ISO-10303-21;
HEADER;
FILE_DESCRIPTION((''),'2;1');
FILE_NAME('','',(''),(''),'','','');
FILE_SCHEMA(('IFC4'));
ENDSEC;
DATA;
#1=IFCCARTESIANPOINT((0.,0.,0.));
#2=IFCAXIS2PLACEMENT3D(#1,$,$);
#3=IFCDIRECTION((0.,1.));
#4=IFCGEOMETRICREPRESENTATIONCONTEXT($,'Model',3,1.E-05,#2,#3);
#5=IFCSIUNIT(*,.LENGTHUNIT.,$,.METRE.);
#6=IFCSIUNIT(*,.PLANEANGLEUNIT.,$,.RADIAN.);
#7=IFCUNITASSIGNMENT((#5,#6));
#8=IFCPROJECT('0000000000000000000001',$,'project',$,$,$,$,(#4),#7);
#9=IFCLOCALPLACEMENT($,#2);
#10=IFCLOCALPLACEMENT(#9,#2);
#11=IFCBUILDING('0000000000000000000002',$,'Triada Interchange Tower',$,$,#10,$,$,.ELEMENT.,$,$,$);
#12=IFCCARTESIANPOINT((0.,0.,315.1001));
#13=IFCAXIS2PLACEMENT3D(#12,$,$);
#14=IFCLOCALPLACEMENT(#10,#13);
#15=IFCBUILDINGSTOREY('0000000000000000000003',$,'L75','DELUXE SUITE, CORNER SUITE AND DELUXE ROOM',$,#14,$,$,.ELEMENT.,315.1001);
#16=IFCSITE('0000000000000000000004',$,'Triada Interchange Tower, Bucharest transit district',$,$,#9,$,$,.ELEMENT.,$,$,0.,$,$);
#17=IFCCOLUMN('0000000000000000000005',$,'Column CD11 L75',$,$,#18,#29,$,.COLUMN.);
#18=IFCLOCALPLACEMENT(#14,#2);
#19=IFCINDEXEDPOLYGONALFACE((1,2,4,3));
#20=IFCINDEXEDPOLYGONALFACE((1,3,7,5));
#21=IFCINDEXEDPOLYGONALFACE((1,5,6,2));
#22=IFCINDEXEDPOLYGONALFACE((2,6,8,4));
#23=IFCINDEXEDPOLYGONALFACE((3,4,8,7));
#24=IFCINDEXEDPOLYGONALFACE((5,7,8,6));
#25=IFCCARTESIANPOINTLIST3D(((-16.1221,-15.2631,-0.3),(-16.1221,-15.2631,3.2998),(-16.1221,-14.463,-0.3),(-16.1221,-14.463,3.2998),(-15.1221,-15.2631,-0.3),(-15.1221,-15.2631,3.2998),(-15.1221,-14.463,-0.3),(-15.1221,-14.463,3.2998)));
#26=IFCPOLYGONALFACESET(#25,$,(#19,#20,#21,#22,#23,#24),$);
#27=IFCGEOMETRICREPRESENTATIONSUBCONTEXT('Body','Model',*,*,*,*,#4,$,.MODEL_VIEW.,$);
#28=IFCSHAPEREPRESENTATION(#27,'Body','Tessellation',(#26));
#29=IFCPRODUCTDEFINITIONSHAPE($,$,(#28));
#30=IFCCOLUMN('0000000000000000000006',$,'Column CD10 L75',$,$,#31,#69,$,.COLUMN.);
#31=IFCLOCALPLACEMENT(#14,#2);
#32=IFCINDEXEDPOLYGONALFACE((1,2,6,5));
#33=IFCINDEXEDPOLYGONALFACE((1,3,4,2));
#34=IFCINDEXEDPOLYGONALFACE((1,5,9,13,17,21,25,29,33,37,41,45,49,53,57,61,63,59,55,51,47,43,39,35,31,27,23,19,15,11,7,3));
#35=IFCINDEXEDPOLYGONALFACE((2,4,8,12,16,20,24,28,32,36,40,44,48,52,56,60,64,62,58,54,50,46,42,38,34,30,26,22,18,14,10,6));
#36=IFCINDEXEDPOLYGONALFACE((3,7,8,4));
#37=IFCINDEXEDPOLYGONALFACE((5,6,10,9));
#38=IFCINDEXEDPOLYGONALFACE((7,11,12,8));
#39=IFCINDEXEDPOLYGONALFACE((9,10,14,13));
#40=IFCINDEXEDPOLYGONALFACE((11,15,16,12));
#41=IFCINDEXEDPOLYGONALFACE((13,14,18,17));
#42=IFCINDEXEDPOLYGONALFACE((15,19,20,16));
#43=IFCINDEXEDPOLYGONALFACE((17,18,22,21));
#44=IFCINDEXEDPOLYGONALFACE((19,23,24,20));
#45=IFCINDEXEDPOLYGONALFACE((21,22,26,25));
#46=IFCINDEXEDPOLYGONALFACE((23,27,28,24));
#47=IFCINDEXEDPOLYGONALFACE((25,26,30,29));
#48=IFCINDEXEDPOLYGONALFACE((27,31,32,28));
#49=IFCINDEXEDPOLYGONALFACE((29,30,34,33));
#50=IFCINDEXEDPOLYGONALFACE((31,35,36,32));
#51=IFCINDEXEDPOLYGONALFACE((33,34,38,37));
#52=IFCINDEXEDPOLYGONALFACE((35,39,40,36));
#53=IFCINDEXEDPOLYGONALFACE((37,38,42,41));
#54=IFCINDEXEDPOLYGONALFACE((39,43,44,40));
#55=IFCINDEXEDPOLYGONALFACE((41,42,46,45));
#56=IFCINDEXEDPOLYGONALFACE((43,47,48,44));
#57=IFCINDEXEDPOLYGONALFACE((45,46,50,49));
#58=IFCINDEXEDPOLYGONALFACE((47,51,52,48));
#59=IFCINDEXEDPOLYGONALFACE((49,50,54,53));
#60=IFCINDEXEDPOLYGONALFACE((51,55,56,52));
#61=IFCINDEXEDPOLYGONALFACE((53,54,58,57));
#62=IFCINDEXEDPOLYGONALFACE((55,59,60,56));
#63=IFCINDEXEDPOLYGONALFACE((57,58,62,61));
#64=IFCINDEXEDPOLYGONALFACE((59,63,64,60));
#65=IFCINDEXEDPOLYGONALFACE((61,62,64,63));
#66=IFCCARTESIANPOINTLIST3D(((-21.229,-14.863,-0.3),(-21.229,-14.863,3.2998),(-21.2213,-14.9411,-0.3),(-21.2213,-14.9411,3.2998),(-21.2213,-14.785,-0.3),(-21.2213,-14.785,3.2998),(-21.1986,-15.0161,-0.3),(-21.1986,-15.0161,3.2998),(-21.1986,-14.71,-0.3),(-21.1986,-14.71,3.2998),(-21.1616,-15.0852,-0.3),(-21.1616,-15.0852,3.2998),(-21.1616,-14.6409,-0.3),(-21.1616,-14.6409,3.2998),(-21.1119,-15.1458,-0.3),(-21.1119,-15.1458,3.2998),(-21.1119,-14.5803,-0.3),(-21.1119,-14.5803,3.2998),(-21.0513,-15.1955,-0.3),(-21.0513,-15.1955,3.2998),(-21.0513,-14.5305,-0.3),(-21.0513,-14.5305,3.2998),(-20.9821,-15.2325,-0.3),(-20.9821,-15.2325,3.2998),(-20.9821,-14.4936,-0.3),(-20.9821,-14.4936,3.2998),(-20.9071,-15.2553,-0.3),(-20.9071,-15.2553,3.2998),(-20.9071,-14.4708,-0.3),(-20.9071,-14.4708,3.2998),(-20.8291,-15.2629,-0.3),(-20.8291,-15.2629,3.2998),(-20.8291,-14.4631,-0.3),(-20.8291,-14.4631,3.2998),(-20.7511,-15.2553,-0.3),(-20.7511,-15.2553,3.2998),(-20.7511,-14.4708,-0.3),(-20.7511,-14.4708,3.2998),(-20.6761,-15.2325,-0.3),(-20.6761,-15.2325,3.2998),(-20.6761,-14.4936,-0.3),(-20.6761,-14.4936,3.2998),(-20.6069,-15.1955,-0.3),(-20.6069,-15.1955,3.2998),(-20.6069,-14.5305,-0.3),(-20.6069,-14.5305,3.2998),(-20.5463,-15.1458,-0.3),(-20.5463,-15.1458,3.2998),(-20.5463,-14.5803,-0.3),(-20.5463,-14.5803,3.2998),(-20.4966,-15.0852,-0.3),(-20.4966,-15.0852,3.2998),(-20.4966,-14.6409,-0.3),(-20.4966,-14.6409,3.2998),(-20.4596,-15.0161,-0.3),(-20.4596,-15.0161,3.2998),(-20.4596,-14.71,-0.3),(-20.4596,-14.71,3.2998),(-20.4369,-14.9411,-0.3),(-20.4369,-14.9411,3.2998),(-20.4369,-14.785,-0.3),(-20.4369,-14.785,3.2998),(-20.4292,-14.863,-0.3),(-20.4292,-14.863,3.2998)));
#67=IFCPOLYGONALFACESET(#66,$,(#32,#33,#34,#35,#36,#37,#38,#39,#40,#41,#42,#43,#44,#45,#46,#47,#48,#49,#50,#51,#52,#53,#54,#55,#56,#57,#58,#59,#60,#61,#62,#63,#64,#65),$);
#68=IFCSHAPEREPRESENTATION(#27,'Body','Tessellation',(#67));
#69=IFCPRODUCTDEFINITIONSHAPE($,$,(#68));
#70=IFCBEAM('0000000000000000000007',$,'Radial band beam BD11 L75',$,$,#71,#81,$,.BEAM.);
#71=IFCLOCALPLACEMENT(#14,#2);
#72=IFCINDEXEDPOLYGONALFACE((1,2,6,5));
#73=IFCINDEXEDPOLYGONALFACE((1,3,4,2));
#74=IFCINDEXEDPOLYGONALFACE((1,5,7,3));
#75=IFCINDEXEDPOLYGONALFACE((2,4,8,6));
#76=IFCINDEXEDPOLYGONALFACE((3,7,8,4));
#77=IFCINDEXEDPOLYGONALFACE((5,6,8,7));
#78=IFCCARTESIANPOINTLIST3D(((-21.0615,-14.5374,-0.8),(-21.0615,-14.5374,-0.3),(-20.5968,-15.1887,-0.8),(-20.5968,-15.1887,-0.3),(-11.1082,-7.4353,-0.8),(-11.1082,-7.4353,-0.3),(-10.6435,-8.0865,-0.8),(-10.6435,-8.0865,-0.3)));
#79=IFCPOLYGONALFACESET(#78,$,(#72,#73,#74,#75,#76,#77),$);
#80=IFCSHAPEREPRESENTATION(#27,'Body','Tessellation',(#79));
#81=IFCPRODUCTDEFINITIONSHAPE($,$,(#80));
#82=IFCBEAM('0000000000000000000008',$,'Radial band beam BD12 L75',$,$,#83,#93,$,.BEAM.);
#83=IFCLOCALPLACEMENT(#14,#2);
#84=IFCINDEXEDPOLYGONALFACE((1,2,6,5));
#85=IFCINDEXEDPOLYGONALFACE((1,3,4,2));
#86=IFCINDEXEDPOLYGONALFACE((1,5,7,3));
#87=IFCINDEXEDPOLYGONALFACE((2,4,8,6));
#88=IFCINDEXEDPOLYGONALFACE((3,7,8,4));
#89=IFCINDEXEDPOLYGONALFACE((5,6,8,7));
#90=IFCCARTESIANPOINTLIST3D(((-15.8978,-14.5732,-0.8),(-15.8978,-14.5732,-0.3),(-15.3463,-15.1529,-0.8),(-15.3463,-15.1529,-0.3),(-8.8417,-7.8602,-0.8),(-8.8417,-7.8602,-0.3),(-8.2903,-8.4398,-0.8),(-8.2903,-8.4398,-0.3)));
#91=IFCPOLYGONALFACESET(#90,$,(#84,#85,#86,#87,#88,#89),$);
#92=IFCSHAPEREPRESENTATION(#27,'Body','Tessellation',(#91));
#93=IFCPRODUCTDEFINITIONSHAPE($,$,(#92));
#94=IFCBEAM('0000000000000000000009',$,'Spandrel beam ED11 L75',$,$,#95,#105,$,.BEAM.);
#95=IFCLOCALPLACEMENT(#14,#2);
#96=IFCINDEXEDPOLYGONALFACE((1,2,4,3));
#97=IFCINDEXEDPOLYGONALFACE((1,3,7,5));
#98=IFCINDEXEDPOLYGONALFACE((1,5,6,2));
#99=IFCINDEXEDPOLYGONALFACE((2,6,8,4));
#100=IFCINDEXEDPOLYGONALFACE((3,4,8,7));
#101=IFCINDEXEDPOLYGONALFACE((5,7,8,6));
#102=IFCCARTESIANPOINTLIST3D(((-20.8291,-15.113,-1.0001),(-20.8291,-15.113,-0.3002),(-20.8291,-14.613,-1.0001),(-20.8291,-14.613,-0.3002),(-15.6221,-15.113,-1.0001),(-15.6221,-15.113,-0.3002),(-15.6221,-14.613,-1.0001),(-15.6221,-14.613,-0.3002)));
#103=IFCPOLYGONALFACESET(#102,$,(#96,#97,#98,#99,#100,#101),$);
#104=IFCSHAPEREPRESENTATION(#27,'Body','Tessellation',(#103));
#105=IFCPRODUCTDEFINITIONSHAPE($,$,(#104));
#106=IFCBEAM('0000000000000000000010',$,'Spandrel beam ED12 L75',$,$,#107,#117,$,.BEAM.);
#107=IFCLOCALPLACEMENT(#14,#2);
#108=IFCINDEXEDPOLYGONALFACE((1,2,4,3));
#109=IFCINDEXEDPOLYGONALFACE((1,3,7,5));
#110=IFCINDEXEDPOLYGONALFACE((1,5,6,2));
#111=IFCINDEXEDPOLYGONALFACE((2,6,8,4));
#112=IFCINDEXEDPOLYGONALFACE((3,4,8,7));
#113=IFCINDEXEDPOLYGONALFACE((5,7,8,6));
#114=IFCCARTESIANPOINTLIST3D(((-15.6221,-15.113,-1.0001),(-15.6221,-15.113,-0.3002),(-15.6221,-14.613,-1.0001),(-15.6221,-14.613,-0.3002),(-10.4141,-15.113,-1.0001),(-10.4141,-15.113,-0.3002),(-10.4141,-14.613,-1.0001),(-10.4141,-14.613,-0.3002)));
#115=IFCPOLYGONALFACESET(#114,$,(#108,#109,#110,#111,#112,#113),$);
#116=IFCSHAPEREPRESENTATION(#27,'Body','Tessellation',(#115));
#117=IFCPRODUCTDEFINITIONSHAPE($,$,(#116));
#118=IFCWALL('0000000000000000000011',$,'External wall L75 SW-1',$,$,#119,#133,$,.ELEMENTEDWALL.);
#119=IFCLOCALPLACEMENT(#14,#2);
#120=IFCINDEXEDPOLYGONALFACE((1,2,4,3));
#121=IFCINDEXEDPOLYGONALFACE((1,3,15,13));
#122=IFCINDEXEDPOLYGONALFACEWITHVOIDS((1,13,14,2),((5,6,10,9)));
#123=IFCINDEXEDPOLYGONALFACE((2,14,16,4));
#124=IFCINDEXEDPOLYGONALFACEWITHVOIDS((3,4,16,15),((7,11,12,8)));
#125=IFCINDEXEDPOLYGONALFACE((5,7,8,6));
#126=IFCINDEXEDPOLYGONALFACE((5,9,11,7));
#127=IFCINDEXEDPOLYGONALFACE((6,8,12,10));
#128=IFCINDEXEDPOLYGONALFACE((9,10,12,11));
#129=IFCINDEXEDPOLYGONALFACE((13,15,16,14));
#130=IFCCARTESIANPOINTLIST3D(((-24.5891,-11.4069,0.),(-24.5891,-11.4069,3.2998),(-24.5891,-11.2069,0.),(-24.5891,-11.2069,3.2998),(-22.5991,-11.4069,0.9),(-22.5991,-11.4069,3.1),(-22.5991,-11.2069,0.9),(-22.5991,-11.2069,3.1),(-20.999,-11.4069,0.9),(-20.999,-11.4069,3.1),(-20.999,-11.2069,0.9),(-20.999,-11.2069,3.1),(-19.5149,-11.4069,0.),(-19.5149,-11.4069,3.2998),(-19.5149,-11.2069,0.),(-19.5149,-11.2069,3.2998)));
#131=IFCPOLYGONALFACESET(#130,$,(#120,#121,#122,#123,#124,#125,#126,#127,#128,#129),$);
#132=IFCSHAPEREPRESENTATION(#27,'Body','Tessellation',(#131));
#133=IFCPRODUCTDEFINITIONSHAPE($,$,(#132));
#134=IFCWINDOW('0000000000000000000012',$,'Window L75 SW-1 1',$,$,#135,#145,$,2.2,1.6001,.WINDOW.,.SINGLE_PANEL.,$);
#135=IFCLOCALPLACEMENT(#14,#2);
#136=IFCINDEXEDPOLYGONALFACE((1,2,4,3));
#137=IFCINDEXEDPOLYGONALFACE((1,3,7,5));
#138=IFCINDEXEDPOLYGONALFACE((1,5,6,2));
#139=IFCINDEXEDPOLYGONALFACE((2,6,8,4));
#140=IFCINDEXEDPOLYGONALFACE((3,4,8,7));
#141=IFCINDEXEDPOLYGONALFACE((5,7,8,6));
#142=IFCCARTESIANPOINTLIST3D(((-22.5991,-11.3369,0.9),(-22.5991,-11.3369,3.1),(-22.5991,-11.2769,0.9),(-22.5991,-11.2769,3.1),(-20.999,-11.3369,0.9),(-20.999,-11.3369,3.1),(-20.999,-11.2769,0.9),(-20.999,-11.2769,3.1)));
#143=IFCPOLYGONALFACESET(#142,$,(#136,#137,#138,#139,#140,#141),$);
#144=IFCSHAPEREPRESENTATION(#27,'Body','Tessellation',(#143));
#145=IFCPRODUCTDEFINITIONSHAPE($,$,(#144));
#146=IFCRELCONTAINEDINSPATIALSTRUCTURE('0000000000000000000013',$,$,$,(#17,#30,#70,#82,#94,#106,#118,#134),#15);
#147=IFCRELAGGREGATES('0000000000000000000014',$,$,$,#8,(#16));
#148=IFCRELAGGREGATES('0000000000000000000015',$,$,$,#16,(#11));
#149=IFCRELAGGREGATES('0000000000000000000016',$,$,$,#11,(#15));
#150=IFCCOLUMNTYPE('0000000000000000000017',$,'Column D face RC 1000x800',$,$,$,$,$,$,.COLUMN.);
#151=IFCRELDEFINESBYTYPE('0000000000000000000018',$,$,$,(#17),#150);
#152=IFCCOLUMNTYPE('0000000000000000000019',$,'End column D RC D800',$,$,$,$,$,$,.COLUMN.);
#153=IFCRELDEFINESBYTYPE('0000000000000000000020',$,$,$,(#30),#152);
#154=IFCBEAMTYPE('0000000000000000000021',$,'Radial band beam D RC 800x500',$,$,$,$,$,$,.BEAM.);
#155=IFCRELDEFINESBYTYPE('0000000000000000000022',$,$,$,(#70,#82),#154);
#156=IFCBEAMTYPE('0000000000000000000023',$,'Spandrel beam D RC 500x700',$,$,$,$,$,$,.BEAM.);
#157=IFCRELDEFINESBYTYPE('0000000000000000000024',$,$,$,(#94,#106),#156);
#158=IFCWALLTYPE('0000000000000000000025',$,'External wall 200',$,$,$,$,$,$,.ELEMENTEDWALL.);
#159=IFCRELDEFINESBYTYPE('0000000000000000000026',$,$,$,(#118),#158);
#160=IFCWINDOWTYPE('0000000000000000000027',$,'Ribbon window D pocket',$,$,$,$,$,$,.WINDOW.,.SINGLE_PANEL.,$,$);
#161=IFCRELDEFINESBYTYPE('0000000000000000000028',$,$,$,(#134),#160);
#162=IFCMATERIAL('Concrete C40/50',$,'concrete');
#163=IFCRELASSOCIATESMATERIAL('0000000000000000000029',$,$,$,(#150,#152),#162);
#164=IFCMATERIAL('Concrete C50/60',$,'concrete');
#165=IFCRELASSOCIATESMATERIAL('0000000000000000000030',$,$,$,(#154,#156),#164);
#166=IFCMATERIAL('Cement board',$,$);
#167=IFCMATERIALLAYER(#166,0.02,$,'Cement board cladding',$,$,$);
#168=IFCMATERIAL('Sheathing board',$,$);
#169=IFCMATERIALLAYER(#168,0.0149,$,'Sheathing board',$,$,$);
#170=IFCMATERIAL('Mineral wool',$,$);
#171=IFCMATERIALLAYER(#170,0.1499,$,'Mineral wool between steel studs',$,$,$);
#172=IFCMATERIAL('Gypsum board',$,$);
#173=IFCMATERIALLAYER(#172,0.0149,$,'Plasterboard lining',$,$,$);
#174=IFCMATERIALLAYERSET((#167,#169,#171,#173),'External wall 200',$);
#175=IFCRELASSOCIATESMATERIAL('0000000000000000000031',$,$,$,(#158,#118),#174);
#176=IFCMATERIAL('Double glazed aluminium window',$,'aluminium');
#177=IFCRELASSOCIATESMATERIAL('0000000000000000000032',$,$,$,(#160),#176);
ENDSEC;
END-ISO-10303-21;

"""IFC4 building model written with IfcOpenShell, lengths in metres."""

from ifc_helpers import new_model, si_unit, direction, frame, frame_2d, origin, origin_2d, place, context, subcontext, project, spatial, rectangle, circle, extrude, material, layer, layer_set, layer_usage, material_profile, profile_set, type_object, element, fill, save


model = new_model("IFC4")

# Units and contexts
model_context = context("Model", 3, precision=1e-05, world=origin(), true_north=direction((0.0, 1.0)))
body_context = subcontext(model_context, "Body", "Model", "MODEL_VIEW")
ifc_project = project(units=[si_unit("LENGTHUNIT", "METRE"), si_unit("PLANEANGLEUNIT", "RADIAN")], contexts=[model_context])

# Site, building, storey
site_placement = place(None, origin())
site = spatial("IfcSite", under=ifc_project, at=site_placement, Name="Triada Interchange Tower, Bucharest transit district", CompositionType="ELEMENT", RefElevation=0.0)
building_placement = place(site_placement, origin())
building = spatial("IfcBuilding", under=site, at=building_placement, Name="Triada Interchange Tower", CompositionType="ELEMENT")
storey_placement = place(building_placement, frame((0.0, 0.0, 315.1001)))
storey = spatial("IfcBuildingStorey", under=building, at=storey_placement, Name="L75", Description="DELUXE SUITE, CORNER SUITE AND DELUXE ROOM", CompositionType="ELEMENT", Elevation=315.1001)

# Columns
ifc_material_1 = material(Name="Concrete C40/50", Category="concrete")
ifc_material_profile_1 = material_profile(ifc_material_1, rectangle(XDim=1.0, YDim=0.8, at=origin_2d()), Name="RC 1000x800")
ifc_profile_set_1 = profile_set([ifc_material_profile_1], Name="Concrete C40/50")
column_type_1 = type_object("IfcColumnType", Name="Column D face RC 1000x800", PredefinedType="COLUMN", material=ifc_profile_set_1)
column_1_placement = place(storey_placement, frame((-15.6221, -14.863, -0.3), z_axis=(0.0, 0.0, 1.0), x_axis=(1.0, 0.0, 0.0)))
element("IfcColumn", 1, at=column_1_placement, inside=storey, type_object=column_type_1, Name="Column CD11 L75", PredefinedType="COLUMN", context=body_context, shape_type="SweptSolid", body=[
    extrude(rectangle(XDim=1.0, YDim=0.8, at=origin_2d()), origin(), (0.0, 0.0, 1.0), 3.5999),
])
ifc_material_profile_2 = material_profile(ifc_material_1, circle(Radius=0.3999, at=origin_2d()), Name="RC D800")
ifc_profile_set_2 = profile_set([ifc_material_profile_2], Name="Concrete C40/50")
column_type_2 = type_object("IfcColumnType", Name="End column D RC D800", PredefinedType="COLUMN", material=ifc_profile_set_2)
column_2_placement = place(storey_placement, frame((-20.8291, -14.863, -0.3), z_axis=(0.0, 0.0, 1.0), x_axis=(1.0, 0.0, 0.0)))
element("IfcColumn", 2, at=column_2_placement, inside=storey, type_object=column_type_2, Name="Column CD10 L75", PredefinedType="COLUMN", context=body_context, shape_type="SweptSolid", body=[
    extrude(circle(Radius=0.3999, at=origin_2d()), origin(), (0.0, 0.0, 1.0), 3.5999),
])

# Beams
ifc_material_2 = material(Name="Concrete C50/60", Category="concrete")
ifc_material_profile_3 = material_profile(ifc_material_2, rectangle(XDim=0.8, YDim=0.5, at=origin_2d()), Name="RC 800x500")
ifc_profile_set_3 = profile_set([ifc_material_profile_3], Name="Concrete C50/60")
beam_type_1 = type_object("IfcBeamType", Name="Radial band beam D RC 800x500", PredefinedType="BEAM", material=ifc_profile_set_3)
beam_1_placement = place(storey_placement, frame((-20.8291, -14.863, -0.55), z_axis=(0.814017, 0.580841, 0.0), x_axis=(-0.580841, 0.814017, 0.0)))
element("IfcBeam", 3, at=beam_1_placement, inside=storey, type_object=beam_type_1, Name="Radial band beam BD11 L75", PredefinedType="BEAM", context=body_context, shape_type="SweptSolid", body=[
    extrude(rectangle(XDim=0.8, YDim=0.5, at=origin_2d()), origin(), (0.0, 0.0, 1.0), 12.2273),
])
beam_2_placement = place(storey_placement, frame((-15.6221, -14.863, -0.55), z_axis=(0.724497, 0.689278, 0.0), x_axis=(-0.689278, 0.724497, 0.0)))
element("IfcBeam", 4, at=beam_2_placement, inside=storey, type_object=beam_type_1, Name="Radial band beam BD12 L75", PredefinedType="BEAM", context=body_context, shape_type="SweptSolid", body=[
    extrude(rectangle(XDim=0.8, YDim=0.5, at=origin_2d()), origin(), (0.0, 0.0, 1.0), 9.7393),
])
ifc_material_profile_4 = material_profile(ifc_material_2, rectangle(XDim=0.5, YDim=0.7, at=origin_2d()), Name="RC 500x700")
ifc_profile_set_4 = profile_set([ifc_material_profile_4], Name="Concrete C50/60")
beam_type_2 = type_object("IfcBeamType", Name="Spandrel beam D RC 500x700", PredefinedType="BEAM", material=ifc_profile_set_4)
beam_3_placement = place(storey_placement, frame((-20.8291, -14.863, -0.6501), z_axis=(1.0, 0.0, 0.0), x_axis=(0.0, 1.0, 0.0)))
element("IfcBeam", 5, at=beam_3_placement, inside=storey, type_object=beam_type_2, Name="Spandrel beam ED11 L75", PredefinedType="BEAM", context=body_context, shape_type="SweptSolid", body=[
    extrude(rectangle(XDim=0.5, YDim=0.7, at=origin_2d()), origin(), (0.0, 0.0, 1.0), 5.207),
])
beam_4_placement = place(storey_placement, frame((-15.6221, -14.863, -0.6501), z_axis=(1.0, 0.0, 0.0), x_axis=(0.0, 1.0, 0.0)))
element("IfcBeam", 6, at=beam_4_placement, inside=storey, type_object=beam_type_2, Name="Spandrel beam ED12 L75", PredefinedType="BEAM", context=body_context, shape_type="SweptSolid", body=[
    extrude(rectangle(XDim=0.5, YDim=0.7, at=origin_2d()), origin(), (0.0, 0.0, 1.0), 5.208),
])

# Wall, opening, window
ifc_material_3 = material(Name="Cement board")
ifc_layer_1 = layer(ifc_material_3, 0.02, Name="Cement board cladding")
ifc_material_4 = material(Name="Sheathing board")
ifc_layer_2 = layer(ifc_material_4, 0.0149, Name="Sheathing board")
ifc_material_5 = material(Name="Mineral wool")
ifc_layer_3 = layer(ifc_material_5, 0.1499, Name="Mineral wool between steel studs")
ifc_material_6 = material(Name="Gypsum board")
ifc_layer_4 = layer(ifc_material_6, 0.0149, Name="Plasterboard lining")
ifc_layer_set_1 = layer_set([ifc_layer_1, ifc_layer_2, ifc_layer_3, ifc_layer_4], Name="External wall 200")
ifc_layer_usage = layer_usage(ifc_layer_set_1, "AXIS2", "POSITIVE", -0.1001)
wall_type_1 = type_object("IfcWallType", Name="External wall 200", PredefinedType="ELEMENTEDWALL", material=ifc_layer_set_1)
wall_1_placement = place(storey_placement, frame((-24.5891, -11.3069, 0.0), z_axis=(0.0, 0.0, 1.0), x_axis=(1.0, 0.0, 0.0)))
wall_1 = element("IfcWall", 7, at=wall_1_placement, inside=storey, type_object=wall_type_1, material=ifc_layer_usage, Name="External wall L75 SW-1", PredefinedType="ELEMENTEDWALL", context=body_context, shape_type="SweptSolid", body=[
    extrude(rectangle(XDim=5.0742, YDim=0.2, at=frame_2d((2.5371, 0.0))), origin(), (0.0, 0.0, 1.0), 3.2998),
])
opening_1_placement = place(wall_1_placement, frame((1.99, 0.0, 0.8999)))
opening_1 = element("IfcOpeningElement", 8, at=opening_1_placement, cuts=wall_1, PredefinedType="OPENING", context=body_context, shape_type="SweptSolid", body=[
    extrude(rectangle(XDim=1.6001, YDim=2.2, at=frame_2d((0.8, 1.1001))), frame((0.0, 0.1099, 0.0), z_axis=(0.0, -1.0, 0.0), x_axis=(1.0, 0.0, 0.0)), (0.0, 0.0, 1.0), 0.22),
])
ifc_material_7 = material(Name="Double glazed aluminium window", Category="aluminium")
window_type_1 = type_object("IfcWindowType", Name="Ribbon window D pocket", PartitioningType="SINGLE_PANEL", PredefinedType="WINDOW", material=ifc_material_7)
window_1_placement = place(opening_1_placement, origin())
window_1 = element("IfcWindow", 9, at=window_1_placement, inside=storey, type_object=window_type_1, Name="Window L75 SW-1 1", OverallHeight=2.2, OverallWidth=1.6001, PartitioningType="SINGLE_PANEL", PredefinedType="WINDOW", context=body_context, shape_type="SweptSolid", body=[
    extrude(rectangle(XDim=1.6001, YDim=2.2, at=frame_2d((0.8, 1.1001))), frame((0.0, 0.03, 0.0), z_axis=(0.0, -1.0, 0.0), x_axis=(1.0, 0.0, 0.0)), (0.0, 0.0, 1.0), 0.0601),
])
fill(opening_1, window_1)

save(model, "model.ifc")
